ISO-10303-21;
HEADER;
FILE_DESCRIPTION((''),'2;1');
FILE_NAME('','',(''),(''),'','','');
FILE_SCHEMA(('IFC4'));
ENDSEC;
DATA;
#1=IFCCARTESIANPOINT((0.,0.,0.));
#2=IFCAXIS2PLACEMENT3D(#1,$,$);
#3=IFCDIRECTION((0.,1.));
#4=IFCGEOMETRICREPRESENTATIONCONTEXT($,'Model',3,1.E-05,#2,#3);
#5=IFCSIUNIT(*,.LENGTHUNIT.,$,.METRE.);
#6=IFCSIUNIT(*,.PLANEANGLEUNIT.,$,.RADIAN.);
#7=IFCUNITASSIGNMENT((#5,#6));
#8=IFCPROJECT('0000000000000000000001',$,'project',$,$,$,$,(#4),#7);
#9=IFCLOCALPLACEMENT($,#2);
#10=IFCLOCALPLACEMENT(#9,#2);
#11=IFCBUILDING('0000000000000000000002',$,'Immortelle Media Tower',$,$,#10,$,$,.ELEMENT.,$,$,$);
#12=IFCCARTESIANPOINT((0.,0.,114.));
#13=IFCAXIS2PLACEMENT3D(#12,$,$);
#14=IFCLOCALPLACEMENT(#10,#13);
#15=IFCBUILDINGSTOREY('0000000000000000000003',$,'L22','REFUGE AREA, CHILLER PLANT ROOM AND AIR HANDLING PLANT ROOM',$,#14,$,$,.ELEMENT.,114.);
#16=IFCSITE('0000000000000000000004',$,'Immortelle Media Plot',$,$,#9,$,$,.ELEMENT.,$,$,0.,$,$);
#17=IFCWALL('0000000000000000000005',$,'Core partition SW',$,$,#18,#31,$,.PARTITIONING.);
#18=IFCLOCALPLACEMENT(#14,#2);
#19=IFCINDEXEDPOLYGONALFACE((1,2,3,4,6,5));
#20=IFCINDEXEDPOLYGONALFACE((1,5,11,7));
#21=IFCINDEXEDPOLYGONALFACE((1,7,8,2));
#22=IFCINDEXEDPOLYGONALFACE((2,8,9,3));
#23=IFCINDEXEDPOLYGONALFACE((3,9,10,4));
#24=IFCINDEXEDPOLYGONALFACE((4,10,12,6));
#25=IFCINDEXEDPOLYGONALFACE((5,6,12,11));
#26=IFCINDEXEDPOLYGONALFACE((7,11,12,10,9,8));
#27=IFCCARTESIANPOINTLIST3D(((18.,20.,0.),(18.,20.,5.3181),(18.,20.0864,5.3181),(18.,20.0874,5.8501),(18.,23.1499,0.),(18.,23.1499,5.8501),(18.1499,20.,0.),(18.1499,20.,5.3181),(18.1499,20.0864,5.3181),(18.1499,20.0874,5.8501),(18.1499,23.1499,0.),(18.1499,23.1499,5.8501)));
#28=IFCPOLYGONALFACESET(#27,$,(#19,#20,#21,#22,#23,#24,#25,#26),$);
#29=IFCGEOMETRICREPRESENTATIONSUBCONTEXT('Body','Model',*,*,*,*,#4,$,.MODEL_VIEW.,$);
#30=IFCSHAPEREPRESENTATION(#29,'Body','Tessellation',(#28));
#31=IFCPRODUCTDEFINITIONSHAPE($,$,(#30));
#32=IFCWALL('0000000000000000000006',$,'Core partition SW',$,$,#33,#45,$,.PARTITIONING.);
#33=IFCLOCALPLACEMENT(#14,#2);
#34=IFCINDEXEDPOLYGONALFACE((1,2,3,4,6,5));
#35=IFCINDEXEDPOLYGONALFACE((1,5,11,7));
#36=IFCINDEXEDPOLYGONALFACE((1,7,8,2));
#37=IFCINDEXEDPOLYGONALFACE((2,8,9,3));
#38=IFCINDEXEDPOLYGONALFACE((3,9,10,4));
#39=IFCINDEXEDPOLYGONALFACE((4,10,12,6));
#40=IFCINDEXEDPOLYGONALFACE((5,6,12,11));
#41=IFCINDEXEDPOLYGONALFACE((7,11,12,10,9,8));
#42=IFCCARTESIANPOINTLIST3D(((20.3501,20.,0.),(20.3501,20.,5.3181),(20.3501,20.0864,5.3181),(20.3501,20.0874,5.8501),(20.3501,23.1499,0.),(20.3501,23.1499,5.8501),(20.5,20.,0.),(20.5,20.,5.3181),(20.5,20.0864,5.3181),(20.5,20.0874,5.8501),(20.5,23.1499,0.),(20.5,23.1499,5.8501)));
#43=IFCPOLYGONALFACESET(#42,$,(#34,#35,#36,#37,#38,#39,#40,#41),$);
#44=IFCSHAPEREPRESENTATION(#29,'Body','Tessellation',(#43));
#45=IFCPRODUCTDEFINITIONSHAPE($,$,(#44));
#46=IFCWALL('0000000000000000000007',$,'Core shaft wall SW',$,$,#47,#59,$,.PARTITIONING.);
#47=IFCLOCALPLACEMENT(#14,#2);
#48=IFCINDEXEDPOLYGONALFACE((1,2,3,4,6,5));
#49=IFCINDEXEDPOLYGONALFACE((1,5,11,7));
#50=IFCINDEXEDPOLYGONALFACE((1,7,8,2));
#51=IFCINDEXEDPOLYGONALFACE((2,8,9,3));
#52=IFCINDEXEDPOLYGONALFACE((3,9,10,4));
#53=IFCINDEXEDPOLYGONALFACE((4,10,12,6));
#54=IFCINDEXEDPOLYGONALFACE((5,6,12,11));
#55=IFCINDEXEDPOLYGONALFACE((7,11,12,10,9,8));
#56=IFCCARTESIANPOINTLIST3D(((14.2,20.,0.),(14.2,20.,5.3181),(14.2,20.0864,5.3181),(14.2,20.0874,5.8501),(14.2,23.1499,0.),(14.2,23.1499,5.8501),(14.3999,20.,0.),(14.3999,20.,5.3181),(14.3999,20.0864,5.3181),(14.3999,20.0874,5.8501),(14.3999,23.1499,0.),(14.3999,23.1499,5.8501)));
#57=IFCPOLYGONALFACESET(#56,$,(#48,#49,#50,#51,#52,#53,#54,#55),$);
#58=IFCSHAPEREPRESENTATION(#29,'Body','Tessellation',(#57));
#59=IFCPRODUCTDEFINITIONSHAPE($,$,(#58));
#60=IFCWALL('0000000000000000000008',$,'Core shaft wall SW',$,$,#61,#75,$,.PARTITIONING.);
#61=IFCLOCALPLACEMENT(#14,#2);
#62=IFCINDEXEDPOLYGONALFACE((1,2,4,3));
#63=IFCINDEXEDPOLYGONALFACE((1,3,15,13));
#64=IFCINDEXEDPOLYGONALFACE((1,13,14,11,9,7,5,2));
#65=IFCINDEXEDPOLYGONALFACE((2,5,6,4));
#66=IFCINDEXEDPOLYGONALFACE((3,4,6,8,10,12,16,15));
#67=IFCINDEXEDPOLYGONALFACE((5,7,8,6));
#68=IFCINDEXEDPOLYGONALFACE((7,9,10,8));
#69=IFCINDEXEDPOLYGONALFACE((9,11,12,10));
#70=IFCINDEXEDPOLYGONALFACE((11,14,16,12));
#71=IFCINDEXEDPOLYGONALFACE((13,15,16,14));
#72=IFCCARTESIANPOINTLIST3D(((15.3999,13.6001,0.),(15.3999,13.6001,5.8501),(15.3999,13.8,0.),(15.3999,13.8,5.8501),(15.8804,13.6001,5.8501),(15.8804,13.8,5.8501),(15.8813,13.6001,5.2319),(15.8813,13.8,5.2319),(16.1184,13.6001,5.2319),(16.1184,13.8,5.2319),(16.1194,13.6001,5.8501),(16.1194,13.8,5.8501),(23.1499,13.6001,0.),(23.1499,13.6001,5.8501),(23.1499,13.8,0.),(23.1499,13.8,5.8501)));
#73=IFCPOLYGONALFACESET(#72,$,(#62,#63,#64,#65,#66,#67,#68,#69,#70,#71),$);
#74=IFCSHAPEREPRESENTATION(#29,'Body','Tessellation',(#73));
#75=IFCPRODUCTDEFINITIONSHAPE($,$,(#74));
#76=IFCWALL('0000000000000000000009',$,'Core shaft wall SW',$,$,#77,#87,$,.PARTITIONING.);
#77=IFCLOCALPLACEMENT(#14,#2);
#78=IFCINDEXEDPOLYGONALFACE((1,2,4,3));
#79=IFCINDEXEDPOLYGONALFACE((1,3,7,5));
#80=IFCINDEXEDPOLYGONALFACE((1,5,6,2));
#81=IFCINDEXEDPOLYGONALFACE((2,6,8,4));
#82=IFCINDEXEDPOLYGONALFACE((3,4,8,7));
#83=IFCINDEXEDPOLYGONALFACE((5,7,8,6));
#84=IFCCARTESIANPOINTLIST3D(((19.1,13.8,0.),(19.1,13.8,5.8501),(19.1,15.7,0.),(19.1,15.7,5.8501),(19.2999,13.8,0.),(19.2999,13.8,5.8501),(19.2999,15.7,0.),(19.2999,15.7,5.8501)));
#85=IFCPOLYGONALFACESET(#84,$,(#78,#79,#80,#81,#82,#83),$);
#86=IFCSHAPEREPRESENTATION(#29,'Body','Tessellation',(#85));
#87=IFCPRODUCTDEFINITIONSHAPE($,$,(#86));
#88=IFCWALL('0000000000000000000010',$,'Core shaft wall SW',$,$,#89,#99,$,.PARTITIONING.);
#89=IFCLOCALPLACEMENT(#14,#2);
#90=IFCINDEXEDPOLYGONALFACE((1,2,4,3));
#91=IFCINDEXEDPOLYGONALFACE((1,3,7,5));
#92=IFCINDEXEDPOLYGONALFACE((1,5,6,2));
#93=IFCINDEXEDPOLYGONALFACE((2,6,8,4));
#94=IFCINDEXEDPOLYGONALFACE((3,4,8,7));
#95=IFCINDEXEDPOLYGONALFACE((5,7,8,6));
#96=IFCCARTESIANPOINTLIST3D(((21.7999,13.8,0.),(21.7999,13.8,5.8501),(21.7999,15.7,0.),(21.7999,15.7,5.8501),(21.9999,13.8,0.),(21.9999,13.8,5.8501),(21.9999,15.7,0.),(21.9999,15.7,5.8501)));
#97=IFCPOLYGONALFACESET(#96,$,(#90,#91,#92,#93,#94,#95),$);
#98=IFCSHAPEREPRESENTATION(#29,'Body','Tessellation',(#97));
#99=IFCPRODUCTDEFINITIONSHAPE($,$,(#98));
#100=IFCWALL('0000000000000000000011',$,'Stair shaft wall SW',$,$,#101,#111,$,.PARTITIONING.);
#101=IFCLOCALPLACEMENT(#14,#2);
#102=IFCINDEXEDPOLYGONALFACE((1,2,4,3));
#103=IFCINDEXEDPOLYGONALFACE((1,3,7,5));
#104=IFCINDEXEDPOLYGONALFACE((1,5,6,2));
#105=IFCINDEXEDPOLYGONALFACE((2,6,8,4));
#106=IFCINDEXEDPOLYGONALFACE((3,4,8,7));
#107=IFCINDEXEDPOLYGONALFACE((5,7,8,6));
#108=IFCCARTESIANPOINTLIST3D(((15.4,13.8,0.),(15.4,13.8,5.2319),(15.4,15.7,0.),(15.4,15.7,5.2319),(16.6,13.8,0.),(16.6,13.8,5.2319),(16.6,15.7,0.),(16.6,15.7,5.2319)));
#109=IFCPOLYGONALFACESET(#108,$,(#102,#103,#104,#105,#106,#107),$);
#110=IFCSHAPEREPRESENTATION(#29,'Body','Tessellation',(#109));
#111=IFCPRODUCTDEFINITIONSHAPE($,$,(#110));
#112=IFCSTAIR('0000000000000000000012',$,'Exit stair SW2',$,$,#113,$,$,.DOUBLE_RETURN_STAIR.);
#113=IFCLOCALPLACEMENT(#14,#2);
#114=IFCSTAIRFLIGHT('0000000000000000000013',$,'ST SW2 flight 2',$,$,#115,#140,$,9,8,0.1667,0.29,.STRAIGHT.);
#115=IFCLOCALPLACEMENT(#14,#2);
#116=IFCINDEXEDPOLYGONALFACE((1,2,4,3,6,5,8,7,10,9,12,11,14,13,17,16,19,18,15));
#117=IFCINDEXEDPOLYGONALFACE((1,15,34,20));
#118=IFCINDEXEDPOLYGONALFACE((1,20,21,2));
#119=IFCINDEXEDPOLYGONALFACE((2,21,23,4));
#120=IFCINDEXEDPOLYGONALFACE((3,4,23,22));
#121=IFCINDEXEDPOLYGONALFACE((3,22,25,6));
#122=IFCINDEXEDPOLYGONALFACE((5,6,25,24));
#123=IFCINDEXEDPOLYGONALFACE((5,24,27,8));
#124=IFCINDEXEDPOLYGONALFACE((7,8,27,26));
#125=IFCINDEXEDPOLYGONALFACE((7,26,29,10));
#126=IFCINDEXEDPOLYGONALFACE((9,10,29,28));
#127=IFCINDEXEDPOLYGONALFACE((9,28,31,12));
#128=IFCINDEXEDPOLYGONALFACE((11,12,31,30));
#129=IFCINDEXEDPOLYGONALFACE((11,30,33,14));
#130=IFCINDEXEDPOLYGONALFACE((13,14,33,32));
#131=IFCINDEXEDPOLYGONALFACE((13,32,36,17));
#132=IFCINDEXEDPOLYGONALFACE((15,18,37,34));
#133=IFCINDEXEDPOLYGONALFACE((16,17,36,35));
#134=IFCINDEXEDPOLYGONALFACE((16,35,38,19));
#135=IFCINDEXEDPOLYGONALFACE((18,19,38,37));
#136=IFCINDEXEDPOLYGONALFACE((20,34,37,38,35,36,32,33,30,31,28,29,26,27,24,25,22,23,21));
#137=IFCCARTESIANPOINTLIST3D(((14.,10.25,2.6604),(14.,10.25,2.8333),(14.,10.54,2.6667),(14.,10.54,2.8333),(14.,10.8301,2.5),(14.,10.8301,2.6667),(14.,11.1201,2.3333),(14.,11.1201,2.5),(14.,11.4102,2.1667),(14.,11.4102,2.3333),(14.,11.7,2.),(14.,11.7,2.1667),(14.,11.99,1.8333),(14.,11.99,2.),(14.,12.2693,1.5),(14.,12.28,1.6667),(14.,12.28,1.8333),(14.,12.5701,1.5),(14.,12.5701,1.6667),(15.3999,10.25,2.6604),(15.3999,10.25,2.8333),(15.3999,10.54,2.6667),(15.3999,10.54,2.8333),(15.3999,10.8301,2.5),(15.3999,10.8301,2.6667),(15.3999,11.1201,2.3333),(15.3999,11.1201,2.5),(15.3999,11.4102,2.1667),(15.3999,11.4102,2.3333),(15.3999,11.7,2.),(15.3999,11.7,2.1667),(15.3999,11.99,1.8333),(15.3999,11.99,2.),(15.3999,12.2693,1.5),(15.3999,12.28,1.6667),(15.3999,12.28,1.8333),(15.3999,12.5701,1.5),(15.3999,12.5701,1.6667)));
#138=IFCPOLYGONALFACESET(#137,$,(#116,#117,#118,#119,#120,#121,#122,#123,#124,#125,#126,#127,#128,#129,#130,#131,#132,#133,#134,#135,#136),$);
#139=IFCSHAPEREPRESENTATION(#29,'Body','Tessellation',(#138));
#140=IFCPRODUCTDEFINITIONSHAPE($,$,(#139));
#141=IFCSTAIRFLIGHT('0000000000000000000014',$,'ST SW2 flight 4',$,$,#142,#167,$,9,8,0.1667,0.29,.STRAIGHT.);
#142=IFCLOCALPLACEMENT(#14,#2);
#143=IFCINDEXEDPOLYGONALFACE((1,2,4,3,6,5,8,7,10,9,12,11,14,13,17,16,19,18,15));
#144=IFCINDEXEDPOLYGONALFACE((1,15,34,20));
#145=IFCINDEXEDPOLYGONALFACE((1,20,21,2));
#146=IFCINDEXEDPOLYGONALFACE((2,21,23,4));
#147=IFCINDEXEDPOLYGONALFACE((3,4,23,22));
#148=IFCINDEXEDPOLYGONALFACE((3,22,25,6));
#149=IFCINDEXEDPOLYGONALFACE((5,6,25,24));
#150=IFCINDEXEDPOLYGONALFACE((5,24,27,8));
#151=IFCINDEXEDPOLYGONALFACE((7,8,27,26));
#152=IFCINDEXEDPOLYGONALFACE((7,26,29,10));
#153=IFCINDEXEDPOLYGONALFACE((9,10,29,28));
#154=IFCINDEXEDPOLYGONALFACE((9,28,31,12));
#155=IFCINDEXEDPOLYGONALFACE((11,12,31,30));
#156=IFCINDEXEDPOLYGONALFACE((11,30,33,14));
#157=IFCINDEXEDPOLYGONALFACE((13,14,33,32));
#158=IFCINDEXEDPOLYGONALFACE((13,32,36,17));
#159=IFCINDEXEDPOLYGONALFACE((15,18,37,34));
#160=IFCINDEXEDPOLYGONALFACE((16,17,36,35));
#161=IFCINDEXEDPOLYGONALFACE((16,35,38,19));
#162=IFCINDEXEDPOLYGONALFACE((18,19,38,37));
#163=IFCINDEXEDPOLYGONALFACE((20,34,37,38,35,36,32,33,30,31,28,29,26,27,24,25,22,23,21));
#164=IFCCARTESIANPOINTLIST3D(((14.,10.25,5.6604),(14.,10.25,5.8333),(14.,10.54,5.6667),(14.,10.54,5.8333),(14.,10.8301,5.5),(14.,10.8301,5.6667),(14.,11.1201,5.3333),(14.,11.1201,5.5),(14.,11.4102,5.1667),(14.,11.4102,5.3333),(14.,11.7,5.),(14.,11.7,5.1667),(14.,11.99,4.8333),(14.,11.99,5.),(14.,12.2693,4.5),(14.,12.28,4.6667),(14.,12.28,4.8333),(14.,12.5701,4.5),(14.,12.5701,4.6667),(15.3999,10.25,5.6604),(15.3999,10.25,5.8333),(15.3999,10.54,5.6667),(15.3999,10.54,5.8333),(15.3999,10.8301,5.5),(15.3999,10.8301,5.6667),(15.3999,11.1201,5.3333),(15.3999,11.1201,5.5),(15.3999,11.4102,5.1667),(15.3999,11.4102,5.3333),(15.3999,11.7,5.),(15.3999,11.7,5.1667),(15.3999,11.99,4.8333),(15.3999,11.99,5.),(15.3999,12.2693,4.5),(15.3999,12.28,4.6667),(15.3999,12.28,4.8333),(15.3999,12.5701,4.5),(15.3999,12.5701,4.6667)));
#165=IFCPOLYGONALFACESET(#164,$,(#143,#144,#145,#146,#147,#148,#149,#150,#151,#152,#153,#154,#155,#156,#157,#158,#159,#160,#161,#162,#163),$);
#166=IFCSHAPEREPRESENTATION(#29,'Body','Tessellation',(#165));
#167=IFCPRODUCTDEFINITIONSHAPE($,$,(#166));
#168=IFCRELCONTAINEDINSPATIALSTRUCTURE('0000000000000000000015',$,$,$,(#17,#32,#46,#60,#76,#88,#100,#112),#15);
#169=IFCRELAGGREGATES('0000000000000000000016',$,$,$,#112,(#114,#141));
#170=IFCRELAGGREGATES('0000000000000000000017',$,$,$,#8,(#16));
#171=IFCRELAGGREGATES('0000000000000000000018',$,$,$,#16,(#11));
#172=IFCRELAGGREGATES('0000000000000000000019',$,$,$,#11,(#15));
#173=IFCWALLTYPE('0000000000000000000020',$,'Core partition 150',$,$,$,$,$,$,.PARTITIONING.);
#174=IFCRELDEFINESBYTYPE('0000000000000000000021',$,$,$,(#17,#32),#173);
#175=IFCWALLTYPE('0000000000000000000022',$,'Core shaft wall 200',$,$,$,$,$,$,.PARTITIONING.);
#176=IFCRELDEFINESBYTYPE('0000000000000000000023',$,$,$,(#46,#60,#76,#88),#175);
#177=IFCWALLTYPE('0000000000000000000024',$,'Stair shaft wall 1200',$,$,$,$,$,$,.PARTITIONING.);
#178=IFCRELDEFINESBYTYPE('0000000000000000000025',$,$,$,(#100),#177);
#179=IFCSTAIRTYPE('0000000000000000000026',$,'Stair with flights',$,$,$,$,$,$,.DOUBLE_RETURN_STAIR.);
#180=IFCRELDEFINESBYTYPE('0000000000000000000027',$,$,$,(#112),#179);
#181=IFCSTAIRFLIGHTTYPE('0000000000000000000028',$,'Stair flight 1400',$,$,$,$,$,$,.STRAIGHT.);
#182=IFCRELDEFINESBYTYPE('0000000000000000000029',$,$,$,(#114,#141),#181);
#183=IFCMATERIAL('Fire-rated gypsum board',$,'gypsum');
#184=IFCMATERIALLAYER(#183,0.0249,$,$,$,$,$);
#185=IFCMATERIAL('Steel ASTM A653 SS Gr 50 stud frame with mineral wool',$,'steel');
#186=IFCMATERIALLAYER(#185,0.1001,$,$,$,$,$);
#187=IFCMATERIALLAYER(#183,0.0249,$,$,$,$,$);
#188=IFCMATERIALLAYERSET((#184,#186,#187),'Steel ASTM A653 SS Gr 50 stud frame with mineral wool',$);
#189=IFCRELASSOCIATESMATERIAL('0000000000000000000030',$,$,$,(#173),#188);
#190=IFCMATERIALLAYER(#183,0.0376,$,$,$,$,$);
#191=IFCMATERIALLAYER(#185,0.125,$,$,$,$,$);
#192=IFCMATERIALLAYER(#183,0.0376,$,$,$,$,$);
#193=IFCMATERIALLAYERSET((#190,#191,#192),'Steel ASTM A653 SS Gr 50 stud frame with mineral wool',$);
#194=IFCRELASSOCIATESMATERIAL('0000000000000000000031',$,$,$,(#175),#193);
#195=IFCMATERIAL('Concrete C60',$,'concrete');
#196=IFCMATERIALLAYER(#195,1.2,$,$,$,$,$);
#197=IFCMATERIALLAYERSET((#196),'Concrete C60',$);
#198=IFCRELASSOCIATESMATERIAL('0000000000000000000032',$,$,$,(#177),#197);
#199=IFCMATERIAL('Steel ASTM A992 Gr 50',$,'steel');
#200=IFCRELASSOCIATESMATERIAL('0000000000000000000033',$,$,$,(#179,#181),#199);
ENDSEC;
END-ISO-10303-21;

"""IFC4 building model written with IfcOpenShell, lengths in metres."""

from ifc_helpers import new_model, si_unit, direction, frame, frame_2d, origin, place, context, subcontext, project, spatial, polyline, rectangle, outline, extrude, material, layer, layer_set, type_object, element, aggregate, save


model = new_model("IFC4")

# Units and contexts
model_context = context("Model", 3, precision=1e-05, world=origin(), true_north=direction((0.0, 1.0)))
body_context = subcontext(model_context, "Body", "Model", "MODEL_VIEW")
ifc_project = project(units=[si_unit("LENGTHUNIT", "METRE"), si_unit("PLANEANGLEUNIT", "RADIAN")], contexts=[model_context])

# Site, building, storey
site_placement = place(None, origin())
site = spatial("IfcSite", under=ifc_project, at=site_placement, Name="Immortelle Media Plot", CompositionType="ELEMENT", RefElevation=0.0)
building_placement = place(site_placement, origin())
building = spatial("IfcBuilding", under=site, at=building_placement, Name="Immortelle Media Tower", CompositionType="ELEMENT")
storey_placement = place(building_placement, frame((0.0, 0.0, 114.0)))
storey = spatial("IfcBuildingStorey", under=building, at=storey_placement, Name="L22", Description="REFUGE AREA, CHILLER PLANT ROOM AND AIR HANDLING PLANT ROOM", CompositionType="ELEMENT", Elevation=114.0)

# Shared definitions
ifc_material_1 = material(Name="Steel ASTM A992 Gr 50", Category="steel")

# Walls
ifc_material_2 = material(Name="Fire-rated gypsum board", Category="gypsum")
ifc_layer_1 = layer(ifc_material_2, 0.0249)
ifc_material_3 = material(Name="Steel ASTM A653 SS Gr 50 stud frame with mineral wool", Category="steel")
ifc_layer_2 = layer(ifc_material_3, 0.1001)
ifc_layer_3 = layer(ifc_material_2, 0.0249)
ifc_layer_set_1 = layer_set([ifc_layer_1, ifc_layer_2, ifc_layer_3], Name="Steel ASTM A653 SS Gr 50 stud frame with mineral wool")
wall_type_1 = type_object("IfcWallType", Name="Core partition 150", PredefinedType="PARTITIONING", material=ifc_layer_set_1)
for number, where, z_axis, x_axis, name in (
    (1, (18.075, 20.0, 0.0), (0.0, 0.0, 1.0), (0.0, 1.0, 0.0), "Core partition SW"),
    (2, (20.425, 20.0, 0.0), (0.0, 0.0, 1.0), (0.0, 1.0, 0.0), "Core partition SW"),
):
    element("IfcWall", number, at=place(storey_placement, frame(where, z_axis=z_axis, x_axis=x_axis)), inside=storey, type_object=wall_type_1, Name=name, PredefinedType="PARTITIONING", context=body_context, shape_type="SweptSolid", body=[
        extrude(outline(polyline([(0.0, 0.0), (3.1499, 0.0), (3.1499, 5.8501), (0.0874, 5.8501), (0.0864, 5.3181), (0.0, 5.3181), (0.0, 0.0)])), frame((0.0, 0.075, 0.0), z_axis=(0.0, -1.0, 0.0), x_axis=(1.0, 0.0, 0.0)), (0.0, 0.0, 1.0), 0.1499),
    ])
ifc_layer_4 = layer(ifc_material_2, 0.0376)
ifc_layer_5 = layer(ifc_material_3, 0.125)
ifc_layer_6 = layer(ifc_material_2, 0.0376)
ifc_layer_set_2 = layer_set([ifc_layer_4, ifc_layer_5, ifc_layer_6], Name="Steel ASTM A653 SS Gr 50 stud frame with mineral wool")
wall_type_2 = type_object("IfcWallType", Name="Core shaft wall 200", PredefinedType="PARTITIONING", material=ifc_layer_set_2)
wall_1_placement = place(storey_placement, frame((14.3, 20.0, 0.0), z_axis=(0.0, 0.0, 1.0), x_axis=(0.0, 1.0, 0.0)))
element("IfcWall", 3, at=wall_1_placement, inside=storey, type_object=wall_type_2, Name="Core shaft wall SW", PredefinedType="PARTITIONING", context=body_context, shape_type="SweptSolid", body=[
    extrude(outline(polyline([(0.0, 0.0), (3.1499, 0.0), (3.1499, 5.8501), (0.0874, 5.8501), (0.0864, 5.3181), (0.0, 5.3181), (0.0, 0.0)])), frame((0.0, 0.1001, 0.0), z_axis=(0.0, -1.0, 0.0), x_axis=(1.0, 0.0, 0.0)), (0.0, 0.0, 1.0), 0.2),
])
wall_2_placement = place(storey_placement, frame((15.3999, 13.7, 0.0), z_axis=(0.0, 0.0, 1.0), x_axis=(1.0, 0.0, 0.0)))
element("IfcWall", 4, at=wall_2_placement, inside=storey, type_object=wall_type_2, Name="Core shaft wall SW", PredefinedType="PARTITIONING", context=body_context, shape_type="SweptSolid", body=[
    extrude(outline(polyline([(0.0, 0.0), (7.75, 0.0), (7.75, 5.8501), (0.7195, 5.8501), (0.7185, 5.2319), (0.4814, 5.2319), (0.4805, 5.8501), (0.0, 5.8501), (0.0, 0.0)])), frame((0.0, 0.1001, 0.0), z_axis=(0.0, -1.0, 0.0), x_axis=(1.0, 0.0, 0.0)), (0.0, 0.0, 1.0), 0.2),
])
for number, where, z_axis, x_axis, name in (
    (5, (19.2, 13.8, 0.0), (0.0, 0.0, 1.0), (0.0, 1.0, 0.0), "Core shaft wall SW"),
    (6, (21.8999, 13.8, 0.0), (0.0, 0.0, 1.0), (0.0, 1.0, 0.0), "Core shaft wall SW"),
):
    element("IfcWall", number, at=place(storey_placement, frame(where, z_axis=z_axis, x_axis=x_axis)), inside=storey, type_object=wall_type_2, Name=name, PredefinedType="PARTITIONING", context=body_context, shape_type="SweptSolid", body=[
        extrude(rectangle(XDim=1.8999, YDim=0.2, at=frame_2d((0.95, 0.0))), origin(), (0.0, 0.0, 1.0), 5.8501),
    ])
ifc_material_4 = material(Name="Concrete C60", Category="concrete")
ifc_layer_7 = layer(ifc_material_4, 1.2)
ifc_layer_set_3 = layer_set([ifc_layer_7], Name="Concrete C60")
wall_type_3 = type_object("IfcWallType", Name="Stair shaft wall 1200", PredefinedType="PARTITIONING", material=ifc_layer_set_3)
wall_3_placement = place(storey_placement, frame((16.0, 13.8, 0.0), z_axis=(0.0, 0.0, 1.0), x_axis=(0.0, 1.0, 0.0)))
element("IfcWall", 7, at=wall_3_placement, inside=storey, type_object=wall_type_3, Name="Stair shaft wall SW", PredefinedType="PARTITIONING", context=body_context, shape_type="SweptSolid", body=[
    extrude(rectangle(XDim=1.8999, YDim=1.2, at=frame_2d((0.95, 0.0))), origin(), (0.0, 0.0, 1.0), 5.2319),
])

# Stair, stair flights
stair_type = type_object("IfcStairType", Name="Stair with flights", PredefinedType="DOUBLE_RETURN_STAIR", material=ifc_material_1)
stair_placement = place(storey_placement, origin())
stair = element("IfcStair", 8, at=stair_placement, inside=storey, type_object=stair_type, Name="Exit stair SW2", PredefinedType="DOUBLE_RETURN_STAIR")
stair_flight_type = type_object("IfcStairFlightType", Name="Stair flight 1400", PredefinedType="STRAIGHT", material=ifc_material_1)
stair_flight_1_placement = place(storey_placement, frame((14.7, 12.5701, 1.5), z_axis=(0.0, 0.0, 1.0), x_axis=(0.0, -1.0, 0.0)))
stair_flight_1 = element("IfcStairFlight", 9, at=stair_flight_1_placement, type_object=stair_flight_type, Name="ST SW2 flight 2", NumberOfRisers=9, NumberOfTreads=8, PredefinedType="STRAIGHT", RiserHeight=0.1667, TreadLength=0.29, context=body_context, shape_type="SweptSolid", body=[
    extrude(outline(polyline([(0.0, 0.0), (0.0, 0.1667), (0.29, 0.1667), (0.29, 0.3333), (0.5801, 0.3333), (0.5801, 0.5), (0.8701, 0.5), (0.8701, 0.6667), (1.1599, 0.6667), (1.1599, 0.8333), (1.45, 0.8333), (1.45, 1.0), (1.74, 1.0), (1.74, 1.1667), (2.03, 1.1667), (2.03, 1.3333), (2.3201, 1.3333), (2.3201, 1.5), (2.3201, 1.1604), (0.3008, 0.0), (0.0, 0.0)])), frame((0.0, 0.7, 0.0), z_axis=(0.0, -1.0, 0.0), x_axis=(1.0, 0.0, 0.0)), (0.0, 0.0, 1.0), 1.3999),
])
stair_flight_2_placement = place(storey_placement, frame((14.7, 12.5701, 4.5), z_axis=(0.0, 0.0, 1.0), x_axis=(0.0, -1.0, 0.0)))
stair_flight_2 = element("IfcStairFlight", 10, at=stair_flight_2_placement, type_object=stair_flight_type, Name="ST SW2 flight 4", NumberOfRisers=9, NumberOfTreads=8, PredefinedType="STRAIGHT", RiserHeight=0.1667, TreadLength=0.29, context=body_context, shape_type="SweptSolid", body=[
    extrude(outline(polyline([(0.0, 0.0), (0.0, 0.1667), (0.29, 0.1667), (0.29, 0.3333), (0.5801, 0.3333), (0.5801, 0.5), (0.8701, 0.5), (0.8701, 0.6667), (1.1599, 0.6667), (1.1599, 0.8333), (1.45, 0.8333), (1.45, 1.0), (1.74, 1.0), (1.74, 1.1667), (2.03, 1.1667), (2.03, 1.3333), (2.3201, 1.3333), (2.3201, 1.5), (2.3201, 1.1604), (0.3008, 0.0), (0.0, 0.0)])), frame((0.0, 0.7, 0.0), z_axis=(0.0, -1.0, 0.0), x_axis=(1.0, 0.0, 0.0)), (0.0, 0.0, 1.0), 1.3999),
])
aggregate(stair, [stair_flight_1, stair_flight_2])

save(model, "model.ifc")
